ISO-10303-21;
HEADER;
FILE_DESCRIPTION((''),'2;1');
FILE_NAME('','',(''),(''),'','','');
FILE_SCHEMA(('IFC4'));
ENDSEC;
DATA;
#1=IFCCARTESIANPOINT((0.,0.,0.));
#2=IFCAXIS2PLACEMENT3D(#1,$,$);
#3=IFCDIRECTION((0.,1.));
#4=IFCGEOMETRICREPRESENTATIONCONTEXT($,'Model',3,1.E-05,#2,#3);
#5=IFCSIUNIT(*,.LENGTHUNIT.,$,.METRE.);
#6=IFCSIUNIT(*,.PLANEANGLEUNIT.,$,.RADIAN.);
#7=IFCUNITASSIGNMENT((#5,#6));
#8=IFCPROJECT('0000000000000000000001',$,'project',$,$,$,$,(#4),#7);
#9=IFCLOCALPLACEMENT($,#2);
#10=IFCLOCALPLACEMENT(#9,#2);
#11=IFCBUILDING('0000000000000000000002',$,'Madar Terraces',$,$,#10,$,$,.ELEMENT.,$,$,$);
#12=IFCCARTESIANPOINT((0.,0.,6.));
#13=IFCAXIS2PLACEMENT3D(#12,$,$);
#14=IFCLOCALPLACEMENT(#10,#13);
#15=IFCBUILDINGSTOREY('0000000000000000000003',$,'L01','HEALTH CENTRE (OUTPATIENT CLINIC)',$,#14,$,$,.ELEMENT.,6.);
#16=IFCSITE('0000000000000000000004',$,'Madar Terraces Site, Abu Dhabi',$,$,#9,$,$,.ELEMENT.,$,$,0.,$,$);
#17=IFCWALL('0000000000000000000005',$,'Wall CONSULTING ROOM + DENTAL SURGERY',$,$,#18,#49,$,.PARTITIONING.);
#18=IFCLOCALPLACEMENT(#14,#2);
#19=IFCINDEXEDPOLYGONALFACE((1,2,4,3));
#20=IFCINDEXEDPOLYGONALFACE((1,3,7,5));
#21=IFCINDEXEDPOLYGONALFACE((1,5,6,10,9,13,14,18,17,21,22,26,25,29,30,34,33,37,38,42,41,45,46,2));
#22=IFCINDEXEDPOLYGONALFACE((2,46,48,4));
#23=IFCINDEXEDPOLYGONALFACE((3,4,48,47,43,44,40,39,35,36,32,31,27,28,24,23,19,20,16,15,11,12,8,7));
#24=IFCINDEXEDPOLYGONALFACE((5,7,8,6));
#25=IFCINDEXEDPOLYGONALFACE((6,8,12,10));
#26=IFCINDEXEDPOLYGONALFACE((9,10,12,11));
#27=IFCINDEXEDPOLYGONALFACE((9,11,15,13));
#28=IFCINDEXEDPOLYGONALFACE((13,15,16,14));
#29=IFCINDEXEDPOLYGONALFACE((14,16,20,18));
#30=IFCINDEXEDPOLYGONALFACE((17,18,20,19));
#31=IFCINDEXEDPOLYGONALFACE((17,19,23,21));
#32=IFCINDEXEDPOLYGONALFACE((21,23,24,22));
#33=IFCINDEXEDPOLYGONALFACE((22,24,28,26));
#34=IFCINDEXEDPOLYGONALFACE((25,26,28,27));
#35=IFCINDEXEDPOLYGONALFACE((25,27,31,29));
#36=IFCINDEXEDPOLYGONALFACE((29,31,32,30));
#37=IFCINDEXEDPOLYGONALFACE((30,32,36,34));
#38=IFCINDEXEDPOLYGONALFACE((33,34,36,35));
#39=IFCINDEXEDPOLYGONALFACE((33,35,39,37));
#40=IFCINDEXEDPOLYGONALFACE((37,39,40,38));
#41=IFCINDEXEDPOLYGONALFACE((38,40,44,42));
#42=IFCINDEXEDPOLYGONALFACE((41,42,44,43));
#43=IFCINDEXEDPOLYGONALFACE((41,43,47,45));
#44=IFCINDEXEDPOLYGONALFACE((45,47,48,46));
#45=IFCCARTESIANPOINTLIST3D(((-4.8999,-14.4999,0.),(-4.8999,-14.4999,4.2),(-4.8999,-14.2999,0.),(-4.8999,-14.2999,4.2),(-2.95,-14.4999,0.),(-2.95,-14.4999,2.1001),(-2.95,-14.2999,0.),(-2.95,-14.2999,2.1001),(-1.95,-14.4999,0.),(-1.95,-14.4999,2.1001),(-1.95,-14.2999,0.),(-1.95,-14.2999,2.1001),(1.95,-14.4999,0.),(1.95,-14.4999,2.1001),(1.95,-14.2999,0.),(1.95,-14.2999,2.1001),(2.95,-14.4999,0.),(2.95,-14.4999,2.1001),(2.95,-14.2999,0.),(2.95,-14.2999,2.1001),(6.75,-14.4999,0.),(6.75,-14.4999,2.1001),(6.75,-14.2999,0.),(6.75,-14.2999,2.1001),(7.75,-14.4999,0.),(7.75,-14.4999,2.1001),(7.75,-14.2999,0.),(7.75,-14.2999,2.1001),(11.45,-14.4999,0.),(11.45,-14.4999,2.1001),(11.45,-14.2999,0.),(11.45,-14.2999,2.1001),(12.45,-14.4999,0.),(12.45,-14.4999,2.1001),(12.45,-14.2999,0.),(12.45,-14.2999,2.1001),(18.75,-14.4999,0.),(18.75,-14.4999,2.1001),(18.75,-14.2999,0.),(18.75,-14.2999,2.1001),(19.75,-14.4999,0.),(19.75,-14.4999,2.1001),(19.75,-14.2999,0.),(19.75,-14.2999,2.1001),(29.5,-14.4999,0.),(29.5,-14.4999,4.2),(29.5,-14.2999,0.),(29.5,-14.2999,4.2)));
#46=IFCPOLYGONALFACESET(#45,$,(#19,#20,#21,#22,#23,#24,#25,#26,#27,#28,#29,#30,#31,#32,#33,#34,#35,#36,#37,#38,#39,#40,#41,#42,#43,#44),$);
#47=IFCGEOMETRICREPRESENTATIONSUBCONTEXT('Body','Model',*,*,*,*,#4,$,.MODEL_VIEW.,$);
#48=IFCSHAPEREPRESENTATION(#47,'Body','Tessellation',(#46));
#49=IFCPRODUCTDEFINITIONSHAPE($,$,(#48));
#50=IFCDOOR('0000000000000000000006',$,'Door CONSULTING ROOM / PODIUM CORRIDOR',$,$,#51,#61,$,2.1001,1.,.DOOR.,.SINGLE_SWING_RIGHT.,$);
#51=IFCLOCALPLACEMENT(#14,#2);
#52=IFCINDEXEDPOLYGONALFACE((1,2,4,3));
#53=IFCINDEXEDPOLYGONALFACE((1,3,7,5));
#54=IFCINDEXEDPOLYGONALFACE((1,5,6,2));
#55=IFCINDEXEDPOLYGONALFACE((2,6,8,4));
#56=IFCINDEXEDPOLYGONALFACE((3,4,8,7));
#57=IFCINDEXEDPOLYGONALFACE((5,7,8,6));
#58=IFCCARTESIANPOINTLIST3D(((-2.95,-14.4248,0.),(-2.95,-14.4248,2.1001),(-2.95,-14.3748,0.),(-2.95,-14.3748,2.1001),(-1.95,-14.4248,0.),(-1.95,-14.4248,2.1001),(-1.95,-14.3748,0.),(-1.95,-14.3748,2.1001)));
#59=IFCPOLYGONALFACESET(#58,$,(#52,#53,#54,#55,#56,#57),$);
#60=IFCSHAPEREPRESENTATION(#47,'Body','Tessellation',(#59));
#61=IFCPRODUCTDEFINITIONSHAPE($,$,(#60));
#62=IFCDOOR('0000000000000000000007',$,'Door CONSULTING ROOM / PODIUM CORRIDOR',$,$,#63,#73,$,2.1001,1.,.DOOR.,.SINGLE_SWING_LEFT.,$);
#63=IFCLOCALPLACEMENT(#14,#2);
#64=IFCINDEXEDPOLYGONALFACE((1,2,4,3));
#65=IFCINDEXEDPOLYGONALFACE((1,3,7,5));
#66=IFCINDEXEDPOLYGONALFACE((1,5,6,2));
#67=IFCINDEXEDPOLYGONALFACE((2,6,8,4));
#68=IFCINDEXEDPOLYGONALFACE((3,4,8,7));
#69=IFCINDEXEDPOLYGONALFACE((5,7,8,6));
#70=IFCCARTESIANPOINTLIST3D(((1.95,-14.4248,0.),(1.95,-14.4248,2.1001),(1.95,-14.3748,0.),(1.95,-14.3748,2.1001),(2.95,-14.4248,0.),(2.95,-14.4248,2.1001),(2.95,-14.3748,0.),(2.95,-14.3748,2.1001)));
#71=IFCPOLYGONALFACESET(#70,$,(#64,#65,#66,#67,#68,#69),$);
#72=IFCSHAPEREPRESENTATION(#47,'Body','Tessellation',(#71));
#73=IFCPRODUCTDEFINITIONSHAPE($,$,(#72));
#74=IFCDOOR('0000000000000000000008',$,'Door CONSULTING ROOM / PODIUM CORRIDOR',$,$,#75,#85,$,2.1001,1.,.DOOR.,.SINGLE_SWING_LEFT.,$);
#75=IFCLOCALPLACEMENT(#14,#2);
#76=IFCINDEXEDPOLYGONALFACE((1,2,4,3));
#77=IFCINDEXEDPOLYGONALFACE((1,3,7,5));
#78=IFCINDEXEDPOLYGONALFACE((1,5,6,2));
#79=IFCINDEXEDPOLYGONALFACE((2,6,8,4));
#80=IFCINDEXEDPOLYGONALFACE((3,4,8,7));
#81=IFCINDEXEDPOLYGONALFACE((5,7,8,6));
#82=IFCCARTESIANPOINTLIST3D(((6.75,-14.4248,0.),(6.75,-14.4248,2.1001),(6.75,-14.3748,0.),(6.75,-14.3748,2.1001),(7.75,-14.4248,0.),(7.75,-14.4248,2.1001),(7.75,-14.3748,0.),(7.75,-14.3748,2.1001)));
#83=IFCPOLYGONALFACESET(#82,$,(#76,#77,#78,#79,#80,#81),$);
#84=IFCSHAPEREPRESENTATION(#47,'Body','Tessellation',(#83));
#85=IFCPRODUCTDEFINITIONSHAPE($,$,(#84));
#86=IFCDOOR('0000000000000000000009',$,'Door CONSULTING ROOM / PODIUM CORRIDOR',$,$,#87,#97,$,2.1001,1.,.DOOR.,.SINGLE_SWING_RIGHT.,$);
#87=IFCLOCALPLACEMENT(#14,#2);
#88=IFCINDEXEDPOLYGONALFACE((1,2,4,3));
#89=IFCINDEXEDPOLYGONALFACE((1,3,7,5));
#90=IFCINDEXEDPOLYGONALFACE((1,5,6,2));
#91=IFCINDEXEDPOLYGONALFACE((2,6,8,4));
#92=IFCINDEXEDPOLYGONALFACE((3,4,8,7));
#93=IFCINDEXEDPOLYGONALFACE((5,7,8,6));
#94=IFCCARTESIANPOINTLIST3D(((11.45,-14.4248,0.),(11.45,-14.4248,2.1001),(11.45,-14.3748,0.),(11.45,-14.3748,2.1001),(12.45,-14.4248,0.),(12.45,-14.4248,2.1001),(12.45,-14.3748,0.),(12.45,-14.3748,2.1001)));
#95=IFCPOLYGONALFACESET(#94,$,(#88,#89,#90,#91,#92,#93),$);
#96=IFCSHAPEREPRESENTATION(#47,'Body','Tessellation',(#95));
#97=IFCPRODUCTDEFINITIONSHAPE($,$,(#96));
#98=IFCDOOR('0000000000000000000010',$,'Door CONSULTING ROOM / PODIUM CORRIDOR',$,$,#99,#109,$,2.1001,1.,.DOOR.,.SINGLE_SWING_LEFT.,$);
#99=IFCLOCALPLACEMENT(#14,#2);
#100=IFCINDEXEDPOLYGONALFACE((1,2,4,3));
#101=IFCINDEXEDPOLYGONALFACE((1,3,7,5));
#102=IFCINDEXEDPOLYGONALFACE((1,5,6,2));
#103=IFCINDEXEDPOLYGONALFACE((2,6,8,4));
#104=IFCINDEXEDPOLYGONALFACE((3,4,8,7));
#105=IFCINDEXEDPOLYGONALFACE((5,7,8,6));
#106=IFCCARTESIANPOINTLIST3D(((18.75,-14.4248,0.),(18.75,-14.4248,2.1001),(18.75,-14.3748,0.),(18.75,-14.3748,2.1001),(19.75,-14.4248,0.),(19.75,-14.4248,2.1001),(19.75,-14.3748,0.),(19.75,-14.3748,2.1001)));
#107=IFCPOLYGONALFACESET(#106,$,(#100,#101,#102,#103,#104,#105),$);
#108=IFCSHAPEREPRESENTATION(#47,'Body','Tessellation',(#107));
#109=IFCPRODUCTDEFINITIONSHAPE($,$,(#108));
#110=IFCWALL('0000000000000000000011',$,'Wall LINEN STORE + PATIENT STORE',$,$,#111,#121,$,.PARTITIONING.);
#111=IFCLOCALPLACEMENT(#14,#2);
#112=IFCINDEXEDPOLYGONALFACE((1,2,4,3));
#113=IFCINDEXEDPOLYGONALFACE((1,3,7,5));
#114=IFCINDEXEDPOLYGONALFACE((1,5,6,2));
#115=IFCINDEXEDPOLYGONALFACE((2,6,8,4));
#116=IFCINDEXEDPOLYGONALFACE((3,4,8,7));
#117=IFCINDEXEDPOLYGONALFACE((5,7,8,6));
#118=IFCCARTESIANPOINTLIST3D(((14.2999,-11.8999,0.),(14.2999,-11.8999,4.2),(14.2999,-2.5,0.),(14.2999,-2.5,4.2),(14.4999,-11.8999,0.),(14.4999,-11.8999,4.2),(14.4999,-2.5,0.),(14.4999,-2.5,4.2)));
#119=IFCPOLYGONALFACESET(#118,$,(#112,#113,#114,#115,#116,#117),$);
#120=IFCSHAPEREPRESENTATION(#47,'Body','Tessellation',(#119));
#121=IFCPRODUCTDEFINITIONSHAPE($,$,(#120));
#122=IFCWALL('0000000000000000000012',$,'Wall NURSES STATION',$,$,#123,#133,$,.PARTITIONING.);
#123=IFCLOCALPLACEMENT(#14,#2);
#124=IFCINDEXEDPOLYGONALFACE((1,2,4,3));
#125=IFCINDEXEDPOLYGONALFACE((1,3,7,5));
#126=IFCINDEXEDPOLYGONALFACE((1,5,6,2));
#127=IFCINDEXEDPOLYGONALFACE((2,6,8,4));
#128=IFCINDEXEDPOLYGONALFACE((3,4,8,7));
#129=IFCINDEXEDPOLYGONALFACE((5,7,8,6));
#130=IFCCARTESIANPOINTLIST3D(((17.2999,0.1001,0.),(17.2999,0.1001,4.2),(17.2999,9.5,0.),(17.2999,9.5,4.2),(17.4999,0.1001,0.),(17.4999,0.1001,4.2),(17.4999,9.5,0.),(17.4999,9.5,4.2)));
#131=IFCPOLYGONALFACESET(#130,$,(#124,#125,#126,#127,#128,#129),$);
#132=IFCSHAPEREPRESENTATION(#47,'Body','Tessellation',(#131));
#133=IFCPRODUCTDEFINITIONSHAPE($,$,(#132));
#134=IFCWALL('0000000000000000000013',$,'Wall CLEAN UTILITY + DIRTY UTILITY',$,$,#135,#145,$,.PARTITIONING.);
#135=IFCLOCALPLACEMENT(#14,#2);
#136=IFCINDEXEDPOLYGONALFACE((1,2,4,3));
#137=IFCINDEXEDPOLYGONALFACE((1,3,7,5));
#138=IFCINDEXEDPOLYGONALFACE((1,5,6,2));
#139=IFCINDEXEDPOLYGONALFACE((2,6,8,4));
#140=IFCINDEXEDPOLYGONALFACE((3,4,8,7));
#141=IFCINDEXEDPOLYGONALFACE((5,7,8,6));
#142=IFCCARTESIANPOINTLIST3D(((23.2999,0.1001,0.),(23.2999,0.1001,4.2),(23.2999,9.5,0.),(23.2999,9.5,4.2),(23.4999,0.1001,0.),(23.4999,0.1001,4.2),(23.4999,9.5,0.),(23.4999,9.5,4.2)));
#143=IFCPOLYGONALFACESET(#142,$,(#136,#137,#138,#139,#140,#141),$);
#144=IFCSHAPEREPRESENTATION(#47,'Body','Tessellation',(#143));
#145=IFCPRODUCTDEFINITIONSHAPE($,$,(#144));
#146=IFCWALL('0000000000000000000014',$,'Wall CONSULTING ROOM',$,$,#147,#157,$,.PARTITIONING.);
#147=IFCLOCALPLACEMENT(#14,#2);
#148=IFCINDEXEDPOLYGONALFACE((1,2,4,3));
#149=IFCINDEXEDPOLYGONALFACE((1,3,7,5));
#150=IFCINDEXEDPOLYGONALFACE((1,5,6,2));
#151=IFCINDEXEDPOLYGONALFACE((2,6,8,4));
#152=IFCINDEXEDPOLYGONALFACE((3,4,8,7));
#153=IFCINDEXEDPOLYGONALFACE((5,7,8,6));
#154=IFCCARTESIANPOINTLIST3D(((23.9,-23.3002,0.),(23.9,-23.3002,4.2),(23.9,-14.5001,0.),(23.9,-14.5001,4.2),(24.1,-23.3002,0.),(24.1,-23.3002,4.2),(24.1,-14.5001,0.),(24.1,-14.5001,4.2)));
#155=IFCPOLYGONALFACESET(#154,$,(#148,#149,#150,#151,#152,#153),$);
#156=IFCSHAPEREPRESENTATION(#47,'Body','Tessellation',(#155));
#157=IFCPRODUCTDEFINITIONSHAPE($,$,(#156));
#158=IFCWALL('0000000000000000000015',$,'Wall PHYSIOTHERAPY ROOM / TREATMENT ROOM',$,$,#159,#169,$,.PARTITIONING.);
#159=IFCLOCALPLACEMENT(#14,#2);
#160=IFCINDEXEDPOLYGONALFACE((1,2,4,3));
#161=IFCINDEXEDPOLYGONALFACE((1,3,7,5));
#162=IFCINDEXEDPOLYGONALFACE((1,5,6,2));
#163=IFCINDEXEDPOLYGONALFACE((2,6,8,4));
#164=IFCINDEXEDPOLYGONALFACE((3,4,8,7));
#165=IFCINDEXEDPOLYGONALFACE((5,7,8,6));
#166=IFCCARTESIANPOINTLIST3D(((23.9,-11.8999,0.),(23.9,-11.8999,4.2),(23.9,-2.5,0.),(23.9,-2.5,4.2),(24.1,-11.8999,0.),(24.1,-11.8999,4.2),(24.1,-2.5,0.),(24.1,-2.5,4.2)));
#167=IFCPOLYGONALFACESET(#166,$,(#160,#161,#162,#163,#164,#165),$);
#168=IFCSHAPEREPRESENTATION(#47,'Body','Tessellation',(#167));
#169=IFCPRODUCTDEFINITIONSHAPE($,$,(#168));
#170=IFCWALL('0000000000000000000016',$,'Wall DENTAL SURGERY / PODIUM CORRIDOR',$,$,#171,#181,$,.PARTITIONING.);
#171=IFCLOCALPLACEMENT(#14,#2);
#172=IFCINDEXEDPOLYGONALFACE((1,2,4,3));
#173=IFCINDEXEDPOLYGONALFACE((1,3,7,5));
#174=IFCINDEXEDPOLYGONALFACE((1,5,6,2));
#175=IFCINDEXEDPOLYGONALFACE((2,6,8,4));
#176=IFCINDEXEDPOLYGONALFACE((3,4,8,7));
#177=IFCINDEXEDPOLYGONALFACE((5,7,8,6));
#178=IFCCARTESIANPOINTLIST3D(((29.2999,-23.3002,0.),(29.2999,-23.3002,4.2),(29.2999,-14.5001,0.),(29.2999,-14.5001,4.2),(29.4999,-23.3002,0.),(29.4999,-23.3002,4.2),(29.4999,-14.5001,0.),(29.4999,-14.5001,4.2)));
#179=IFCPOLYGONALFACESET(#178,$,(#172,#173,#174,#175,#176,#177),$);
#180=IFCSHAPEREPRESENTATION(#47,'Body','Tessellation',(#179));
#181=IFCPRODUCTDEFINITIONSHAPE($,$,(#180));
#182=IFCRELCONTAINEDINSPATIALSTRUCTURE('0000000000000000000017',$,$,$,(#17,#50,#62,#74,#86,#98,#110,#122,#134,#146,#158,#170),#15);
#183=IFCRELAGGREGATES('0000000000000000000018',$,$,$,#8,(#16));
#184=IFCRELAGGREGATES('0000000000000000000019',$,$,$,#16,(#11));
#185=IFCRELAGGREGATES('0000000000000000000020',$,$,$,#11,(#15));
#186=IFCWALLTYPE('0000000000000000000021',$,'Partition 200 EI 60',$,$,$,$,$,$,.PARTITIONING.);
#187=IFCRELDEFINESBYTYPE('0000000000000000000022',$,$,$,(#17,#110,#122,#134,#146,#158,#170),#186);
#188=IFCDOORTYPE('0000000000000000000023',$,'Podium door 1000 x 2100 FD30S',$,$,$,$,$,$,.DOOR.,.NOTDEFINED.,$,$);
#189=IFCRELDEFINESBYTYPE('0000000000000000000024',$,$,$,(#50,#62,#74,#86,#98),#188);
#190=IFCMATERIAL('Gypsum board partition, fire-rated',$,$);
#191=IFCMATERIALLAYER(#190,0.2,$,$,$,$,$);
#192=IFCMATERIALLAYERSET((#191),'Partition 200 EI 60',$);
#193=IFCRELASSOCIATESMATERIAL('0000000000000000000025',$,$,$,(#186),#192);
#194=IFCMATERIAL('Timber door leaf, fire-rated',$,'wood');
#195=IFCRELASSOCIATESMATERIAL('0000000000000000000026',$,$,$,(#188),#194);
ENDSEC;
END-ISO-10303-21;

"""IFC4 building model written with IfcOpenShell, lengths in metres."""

from ifc_helpers import new_model, si_unit, direction, frame, frame_2d, origin, place, context, subcontext, project, spatial, rectangle, extrude, material, layer, layer_set, type_object, element, fill, save


model = new_model("IFC4")

# Units and contexts
model_context = context("Model", 3, precision=1e-05, world=origin(), true_north=direction((0.0, 1.0)))
body_context = subcontext(model_context, "Body", "Model", "MODEL_VIEW")
ifc_project = project(units=[si_unit("LENGTHUNIT", "METRE"), si_unit("PLANEANGLEUNIT", "RADIAN")], contexts=[model_context])

# Site, building, storey
site_placement = place(None, origin())
site = spatial("IfcSite", under=ifc_project, at=site_placement, Name="Madar Terraces Site, Abu Dhabi", CompositionType="ELEMENT", RefElevation=0.0)
building_placement = place(site_placement, origin())
building = spatial("IfcBuilding", under=site, at=building_placement, Name="Madar Terraces", CompositionType="ELEMENT")
storey_placement = place(building_placement, frame((0.0, 0.0, 6.0)))
storey = spatial("IfcBuildingStorey", under=building, at=storey_placement, Name="L01", Description="HEALTH CENTRE (OUTPATIENT CLINIC)", CompositionType="ELEMENT", Elevation=6.0)

# Wall, openings, doors
ifc_material_1 = material(Name="Gypsum board partition, fire-rated")
ifc_layer = layer(ifc_material_1, 0.2)
ifc_layer_set = layer_set([ifc_layer], Name="Partition 200 EI 60")
wall_type = type_object("IfcWallType", Name="Partition 200 EI 60", PredefinedType="PARTITIONING", material=ifc_layer_set)
wall_1_placement = place(storey_placement, frame((29.5, -14.3999, 0.0), z_axis=(0.0, 0.0, 1.0), x_axis=(-1.0, 0.0, 0.0)))
wall_1 = element("IfcWall", 1, at=wall_1_placement, inside=storey, type_object=wall_type, Name="Wall CONSULTING ROOM + DENTAL SURGERY", PredefinedType="PARTITIONING", context=body_context, shape_type="SweptSolid", body=[
    extrude(rectangle(XDim=34.3999, YDim=0.2, at=frame_2d((17.2, 0.0))), origin(), (0.0, 0.0, 1.0), 4.2),
])
opening_1_placement = place(wall_1_placement, frame((31.45, 0.0, 0.0)))
opening_1 = element("IfcOpeningElement", 2, at=opening_1_placement, cuts=wall_1, PredefinedType="OPENING", context=body_context, shape_type="SweptSolid", body=[
    extrude(rectangle(XDim=1.0, YDim=2.1001, at=frame_2d((0.5, 1.05))), frame((0.0, 0.1099, 0.0), z_axis=(0.0, -1.0, 0.0), x_axis=(1.0, 0.0, 0.0)), (0.0, 0.0, 1.0), 0.22),
])
opening_2_placement = place(wall_1_placement, frame((26.55, 0.0, 0.0)))
opening_2 = element("IfcOpeningElement", 3, at=opening_2_placement, cuts=wall_1, PredefinedType="OPENING", context=body_context, shape_type="SweptSolid", body=[
    extrude(rectangle(XDim=1.0, YDim=2.1001, at=frame_2d((0.5, 1.05))), frame((0.0, 0.1099, 0.0), z_axis=(0.0, -1.0, 0.0), x_axis=(1.0, 0.0, 0.0)), (0.0, 0.0, 1.0), 0.22),
])
opening_3_placement = place(wall_1_placement, frame((21.75, 0.0, 0.0)))
opening_3 = element("IfcOpeningElement", 4, at=opening_3_placement, cuts=wall_1, PredefinedType="OPENING", context=body_context, shape_type="SweptSolid", body=[
    extrude(rectangle(XDim=1.0, YDim=2.1001, at=frame_2d((0.5, 1.05))), frame((0.0, 0.1099, 0.0), z_axis=(0.0, -1.0, 0.0), x_axis=(1.0, 0.0, 0.0)), (0.0, 0.0, 1.0), 0.22),
])
opening_4_placement = place(wall_1_placement, frame((17.05, 0.0, 0.0)))
opening_4 = element("IfcOpeningElement", 5, at=opening_4_placement, cuts=wall_1, PredefinedType="OPENING", context=body_context, shape_type="SweptSolid", body=[
    extrude(rectangle(XDim=1.0, YDim=2.1001, at=frame_2d((0.5, 1.05))), frame((0.0, 0.1099, 0.0), z_axis=(0.0, -1.0, 0.0), x_axis=(1.0, 0.0, 0.0)), (0.0, 0.0, 1.0), 0.22),
])
opening_5_placement = place(wall_1_placement, frame((9.75, 0.0, 0.0)))
opening_5 = element("IfcOpeningElement", 6, at=opening_5_placement, cuts=wall_1, PredefinedType="OPENING", context=body_context, shape_type="SweptSolid", body=[
    extrude(rectangle(XDim=1.0, YDim=2.1001, at=frame_2d((0.5, 1.05))), frame((0.0, 0.1099, 0.0), z_axis=(0.0, -1.0, 0.0), x_axis=(1.0, 0.0, 0.0)), (0.0, 0.0, 1.0), 0.22),
])
ifc_material_2 = material(Name="Timber door leaf, fire-rated", Category="wood")
door_type = type_object("IfcDoorType", Name="Podium door 1000 x 2100 FD30S", OperationType="NOTDEFINED", PredefinedType="DOOR", material=ifc_material_2)
door_1_placement = place(opening_1_placement, origin())
door_1 = element("IfcDoor", 7, at=door_1_placement, inside=storey, type_object=door_type, Name="Door CONSULTING ROOM / PODIUM CORRIDOR", OperationType="SINGLE_SWING_RIGHT", OverallHeight=2.1001, OverallWidth=1.0, PredefinedType="DOOR", context=body_context, shape_type="SweptSolid", body=[
    extrude(rectangle(XDim=1.0, YDim=2.1001, at=frame_2d((0.5, 1.05))), frame((0.0, 0.0249, 0.0), z_axis=(0.0, -1.0, 0.0), x_axis=(1.0, 0.0, 0.0)), (0.0, 0.0, 1.0), 0.05),
])
fill(opening_1, door_1)
door_2_placement = place(opening_2_placement, origin())
door_2 = element("IfcDoor", 8, at=door_2_placement, inside=storey, type_object=door_type, Name="Door CONSULTING ROOM / PODIUM CORRIDOR", OperationType="SINGLE_SWING_LEFT", OverallHeight=2.1001, OverallWidth=1.0, PredefinedType="DOOR", context=body_context, shape_type="SweptSolid", body=[
    extrude(rectangle(XDim=1.0, YDim=2.1001, at=frame_2d((0.5, 1.05))), frame((0.0, 0.0249, 0.0), z_axis=(0.0, -1.0, 0.0), x_axis=(1.0, 0.0, 0.0)), (0.0, 0.0, 1.0), 0.05),
])
fill(opening_2, door_2)
door_3_placement = place(opening_3_placement, origin())
door_3 = element("IfcDoor", 9, at=door_3_placement, inside=storey, type_object=door_type, Name="Door CONSULTING ROOM / PODIUM CORRIDOR", OperationType="SINGLE_SWING_LEFT", OverallHeight=2.1001, OverallWidth=1.0, PredefinedType="DOOR", context=body_context, shape_type="SweptSolid", body=[
    extrude(rectangle(XDim=1.0, YDim=2.1001, at=frame_2d((0.5, 1.05))), frame((0.0, 0.0249, 0.0), z_axis=(0.0, -1.0, 0.0), x_axis=(1.0, 0.0, 0.0)), (0.0, 0.0, 1.0), 0.05),
])
fill(opening_3, door_3)
door_4_placement = place(opening_4_placement, origin())
door_4 = element("IfcDoor", 10, at=door_4_placement, inside=storey, type_object=door_type, Name="Door CONSULTING ROOM / PODIUM CORRIDOR", OperationType="SINGLE_SWING_RIGHT", OverallHeight=2.1001, OverallWidth=1.0, PredefinedType="DOOR", context=body_context, shape_type="SweptSolid", body=[
    extrude(rectangle(XDim=1.0, YDim=2.1001, at=frame_2d((0.5, 1.05))), frame((0.0, 0.0249, 0.0), z_axis=(0.0, -1.0, 0.0), x_axis=(1.0, 0.0, 0.0)), (0.0, 0.0, 1.0), 0.05),
])
fill(opening_4, door_4)
door_5_placement = place(opening_5_placement, origin())
door_5 = element("IfcDoor", 11, at=door_5_placement, inside=storey, type_object=door_type, Name="Door CONSULTING ROOM / PODIUM CORRIDOR", OperationType="SINGLE_SWING_LEFT", OverallHeight=2.1001, OverallWidth=1.0, PredefinedType="DOOR", context=body_context, shape_type="SweptSolid", body=[
    extrude(rectangle(XDim=1.0, YDim=2.1001, at=frame_2d((0.5, 1.05))), frame((0.0, 0.0249, 0.0), z_axis=(0.0, -1.0, 0.0), x_axis=(1.0, 0.0, 0.0)), (0.0, 0.0, 1.0), 0.05),
])
fill(opening_5, door_5)

# Walls
for number, where, z_axis, x_axis, name in (
    (12, (14.3999, -11.8999, 0.0), (0.0, 0.0, 1.0), (0.0, 1.0, 0.0), "Wall LINEN STORE + PATIENT STORE"),
    (13, (17.3999, 0.1001, 0.0), (0.0, 0.0, 1.0), (0.0, 1.0, 0.0), "Wall NURSES STATION"),
    (14, (23.3999, 0.1001, 0.0), (0.0, 0.0, 1.0), (0.0, 1.0, 0.0), "Wall CLEAN UTILITY + DIRTY UTILITY"),
):
    element("IfcWall", number, at=place(storey_placement, frame(where, z_axis=z_axis, x_axis=x_axis)), inside=storey, type_object=wall_type, Name=name, PredefinedType="PARTITIONING", context=body_context, shape_type="SweptSolid", body=[
        extrude(rectangle(XDim=9.3999, YDim=0.2, at=frame_2d((4.7, 0.0))), origin(), (0.0, 0.0, 1.0), 4.2),
    ])
wall_2_placement = place(storey_placement, frame((24.0, -23.3, 0.0), z_axis=(0.0, 0.0, 1.0), x_axis=(0.0, 1.0, 0.0)))
element("IfcWall", 15, at=wall_2_placement, inside=storey, type_object=wall_type, Name="Wall CONSULTING ROOM", PredefinedType="PARTITIONING", context=body_context, shape_type="SweptSolid", body=[
    extrude(rectangle(XDim=8.8, YDim=0.2, at=frame_2d((4.3999, 0.0))), origin(), (0.0, 0.0, 1.0), 4.2),
])
wall_3_placement = place(storey_placement, frame((24.0, -11.8999, 0.0), z_axis=(0.0, 0.0, 1.0), x_axis=(0.0, 1.0, 0.0)))
element("IfcWall", 16, at=wall_3_placement, inside=storey, type_object=wall_type, Name="Wall PHYSIOTHERAPY ROOM / TREATMENT ROOM", PredefinedType="PARTITIONING", context=body_context, shape_type="SweptSolid", body=[
    extrude(rectangle(XDim=9.3999, YDim=0.2, at=frame_2d((4.7, 0.0))), origin(), (0.0, 0.0, 1.0), 4.2),
])
wall_4_placement = place(storey_placement, frame((29.3999, -23.3, 0.0), z_axis=(0.0, 0.0, 1.0), x_axis=(0.0, 1.0, 0.0)))
element("IfcWall", 17, at=wall_4_placement, inside=storey, type_object=wall_type, Name="Wall DENTAL SURGERY / PODIUM CORRIDOR", PredefinedType="PARTITIONING", context=body_context, shape_type="SweptSolid", body=[
    extrude(rectangle(XDim=8.8, YDim=0.2, at=frame_2d((4.3999, 0.0))), origin(), (0.0, 0.0, 1.0), 4.2),
])

save(model, "model.ifc")
